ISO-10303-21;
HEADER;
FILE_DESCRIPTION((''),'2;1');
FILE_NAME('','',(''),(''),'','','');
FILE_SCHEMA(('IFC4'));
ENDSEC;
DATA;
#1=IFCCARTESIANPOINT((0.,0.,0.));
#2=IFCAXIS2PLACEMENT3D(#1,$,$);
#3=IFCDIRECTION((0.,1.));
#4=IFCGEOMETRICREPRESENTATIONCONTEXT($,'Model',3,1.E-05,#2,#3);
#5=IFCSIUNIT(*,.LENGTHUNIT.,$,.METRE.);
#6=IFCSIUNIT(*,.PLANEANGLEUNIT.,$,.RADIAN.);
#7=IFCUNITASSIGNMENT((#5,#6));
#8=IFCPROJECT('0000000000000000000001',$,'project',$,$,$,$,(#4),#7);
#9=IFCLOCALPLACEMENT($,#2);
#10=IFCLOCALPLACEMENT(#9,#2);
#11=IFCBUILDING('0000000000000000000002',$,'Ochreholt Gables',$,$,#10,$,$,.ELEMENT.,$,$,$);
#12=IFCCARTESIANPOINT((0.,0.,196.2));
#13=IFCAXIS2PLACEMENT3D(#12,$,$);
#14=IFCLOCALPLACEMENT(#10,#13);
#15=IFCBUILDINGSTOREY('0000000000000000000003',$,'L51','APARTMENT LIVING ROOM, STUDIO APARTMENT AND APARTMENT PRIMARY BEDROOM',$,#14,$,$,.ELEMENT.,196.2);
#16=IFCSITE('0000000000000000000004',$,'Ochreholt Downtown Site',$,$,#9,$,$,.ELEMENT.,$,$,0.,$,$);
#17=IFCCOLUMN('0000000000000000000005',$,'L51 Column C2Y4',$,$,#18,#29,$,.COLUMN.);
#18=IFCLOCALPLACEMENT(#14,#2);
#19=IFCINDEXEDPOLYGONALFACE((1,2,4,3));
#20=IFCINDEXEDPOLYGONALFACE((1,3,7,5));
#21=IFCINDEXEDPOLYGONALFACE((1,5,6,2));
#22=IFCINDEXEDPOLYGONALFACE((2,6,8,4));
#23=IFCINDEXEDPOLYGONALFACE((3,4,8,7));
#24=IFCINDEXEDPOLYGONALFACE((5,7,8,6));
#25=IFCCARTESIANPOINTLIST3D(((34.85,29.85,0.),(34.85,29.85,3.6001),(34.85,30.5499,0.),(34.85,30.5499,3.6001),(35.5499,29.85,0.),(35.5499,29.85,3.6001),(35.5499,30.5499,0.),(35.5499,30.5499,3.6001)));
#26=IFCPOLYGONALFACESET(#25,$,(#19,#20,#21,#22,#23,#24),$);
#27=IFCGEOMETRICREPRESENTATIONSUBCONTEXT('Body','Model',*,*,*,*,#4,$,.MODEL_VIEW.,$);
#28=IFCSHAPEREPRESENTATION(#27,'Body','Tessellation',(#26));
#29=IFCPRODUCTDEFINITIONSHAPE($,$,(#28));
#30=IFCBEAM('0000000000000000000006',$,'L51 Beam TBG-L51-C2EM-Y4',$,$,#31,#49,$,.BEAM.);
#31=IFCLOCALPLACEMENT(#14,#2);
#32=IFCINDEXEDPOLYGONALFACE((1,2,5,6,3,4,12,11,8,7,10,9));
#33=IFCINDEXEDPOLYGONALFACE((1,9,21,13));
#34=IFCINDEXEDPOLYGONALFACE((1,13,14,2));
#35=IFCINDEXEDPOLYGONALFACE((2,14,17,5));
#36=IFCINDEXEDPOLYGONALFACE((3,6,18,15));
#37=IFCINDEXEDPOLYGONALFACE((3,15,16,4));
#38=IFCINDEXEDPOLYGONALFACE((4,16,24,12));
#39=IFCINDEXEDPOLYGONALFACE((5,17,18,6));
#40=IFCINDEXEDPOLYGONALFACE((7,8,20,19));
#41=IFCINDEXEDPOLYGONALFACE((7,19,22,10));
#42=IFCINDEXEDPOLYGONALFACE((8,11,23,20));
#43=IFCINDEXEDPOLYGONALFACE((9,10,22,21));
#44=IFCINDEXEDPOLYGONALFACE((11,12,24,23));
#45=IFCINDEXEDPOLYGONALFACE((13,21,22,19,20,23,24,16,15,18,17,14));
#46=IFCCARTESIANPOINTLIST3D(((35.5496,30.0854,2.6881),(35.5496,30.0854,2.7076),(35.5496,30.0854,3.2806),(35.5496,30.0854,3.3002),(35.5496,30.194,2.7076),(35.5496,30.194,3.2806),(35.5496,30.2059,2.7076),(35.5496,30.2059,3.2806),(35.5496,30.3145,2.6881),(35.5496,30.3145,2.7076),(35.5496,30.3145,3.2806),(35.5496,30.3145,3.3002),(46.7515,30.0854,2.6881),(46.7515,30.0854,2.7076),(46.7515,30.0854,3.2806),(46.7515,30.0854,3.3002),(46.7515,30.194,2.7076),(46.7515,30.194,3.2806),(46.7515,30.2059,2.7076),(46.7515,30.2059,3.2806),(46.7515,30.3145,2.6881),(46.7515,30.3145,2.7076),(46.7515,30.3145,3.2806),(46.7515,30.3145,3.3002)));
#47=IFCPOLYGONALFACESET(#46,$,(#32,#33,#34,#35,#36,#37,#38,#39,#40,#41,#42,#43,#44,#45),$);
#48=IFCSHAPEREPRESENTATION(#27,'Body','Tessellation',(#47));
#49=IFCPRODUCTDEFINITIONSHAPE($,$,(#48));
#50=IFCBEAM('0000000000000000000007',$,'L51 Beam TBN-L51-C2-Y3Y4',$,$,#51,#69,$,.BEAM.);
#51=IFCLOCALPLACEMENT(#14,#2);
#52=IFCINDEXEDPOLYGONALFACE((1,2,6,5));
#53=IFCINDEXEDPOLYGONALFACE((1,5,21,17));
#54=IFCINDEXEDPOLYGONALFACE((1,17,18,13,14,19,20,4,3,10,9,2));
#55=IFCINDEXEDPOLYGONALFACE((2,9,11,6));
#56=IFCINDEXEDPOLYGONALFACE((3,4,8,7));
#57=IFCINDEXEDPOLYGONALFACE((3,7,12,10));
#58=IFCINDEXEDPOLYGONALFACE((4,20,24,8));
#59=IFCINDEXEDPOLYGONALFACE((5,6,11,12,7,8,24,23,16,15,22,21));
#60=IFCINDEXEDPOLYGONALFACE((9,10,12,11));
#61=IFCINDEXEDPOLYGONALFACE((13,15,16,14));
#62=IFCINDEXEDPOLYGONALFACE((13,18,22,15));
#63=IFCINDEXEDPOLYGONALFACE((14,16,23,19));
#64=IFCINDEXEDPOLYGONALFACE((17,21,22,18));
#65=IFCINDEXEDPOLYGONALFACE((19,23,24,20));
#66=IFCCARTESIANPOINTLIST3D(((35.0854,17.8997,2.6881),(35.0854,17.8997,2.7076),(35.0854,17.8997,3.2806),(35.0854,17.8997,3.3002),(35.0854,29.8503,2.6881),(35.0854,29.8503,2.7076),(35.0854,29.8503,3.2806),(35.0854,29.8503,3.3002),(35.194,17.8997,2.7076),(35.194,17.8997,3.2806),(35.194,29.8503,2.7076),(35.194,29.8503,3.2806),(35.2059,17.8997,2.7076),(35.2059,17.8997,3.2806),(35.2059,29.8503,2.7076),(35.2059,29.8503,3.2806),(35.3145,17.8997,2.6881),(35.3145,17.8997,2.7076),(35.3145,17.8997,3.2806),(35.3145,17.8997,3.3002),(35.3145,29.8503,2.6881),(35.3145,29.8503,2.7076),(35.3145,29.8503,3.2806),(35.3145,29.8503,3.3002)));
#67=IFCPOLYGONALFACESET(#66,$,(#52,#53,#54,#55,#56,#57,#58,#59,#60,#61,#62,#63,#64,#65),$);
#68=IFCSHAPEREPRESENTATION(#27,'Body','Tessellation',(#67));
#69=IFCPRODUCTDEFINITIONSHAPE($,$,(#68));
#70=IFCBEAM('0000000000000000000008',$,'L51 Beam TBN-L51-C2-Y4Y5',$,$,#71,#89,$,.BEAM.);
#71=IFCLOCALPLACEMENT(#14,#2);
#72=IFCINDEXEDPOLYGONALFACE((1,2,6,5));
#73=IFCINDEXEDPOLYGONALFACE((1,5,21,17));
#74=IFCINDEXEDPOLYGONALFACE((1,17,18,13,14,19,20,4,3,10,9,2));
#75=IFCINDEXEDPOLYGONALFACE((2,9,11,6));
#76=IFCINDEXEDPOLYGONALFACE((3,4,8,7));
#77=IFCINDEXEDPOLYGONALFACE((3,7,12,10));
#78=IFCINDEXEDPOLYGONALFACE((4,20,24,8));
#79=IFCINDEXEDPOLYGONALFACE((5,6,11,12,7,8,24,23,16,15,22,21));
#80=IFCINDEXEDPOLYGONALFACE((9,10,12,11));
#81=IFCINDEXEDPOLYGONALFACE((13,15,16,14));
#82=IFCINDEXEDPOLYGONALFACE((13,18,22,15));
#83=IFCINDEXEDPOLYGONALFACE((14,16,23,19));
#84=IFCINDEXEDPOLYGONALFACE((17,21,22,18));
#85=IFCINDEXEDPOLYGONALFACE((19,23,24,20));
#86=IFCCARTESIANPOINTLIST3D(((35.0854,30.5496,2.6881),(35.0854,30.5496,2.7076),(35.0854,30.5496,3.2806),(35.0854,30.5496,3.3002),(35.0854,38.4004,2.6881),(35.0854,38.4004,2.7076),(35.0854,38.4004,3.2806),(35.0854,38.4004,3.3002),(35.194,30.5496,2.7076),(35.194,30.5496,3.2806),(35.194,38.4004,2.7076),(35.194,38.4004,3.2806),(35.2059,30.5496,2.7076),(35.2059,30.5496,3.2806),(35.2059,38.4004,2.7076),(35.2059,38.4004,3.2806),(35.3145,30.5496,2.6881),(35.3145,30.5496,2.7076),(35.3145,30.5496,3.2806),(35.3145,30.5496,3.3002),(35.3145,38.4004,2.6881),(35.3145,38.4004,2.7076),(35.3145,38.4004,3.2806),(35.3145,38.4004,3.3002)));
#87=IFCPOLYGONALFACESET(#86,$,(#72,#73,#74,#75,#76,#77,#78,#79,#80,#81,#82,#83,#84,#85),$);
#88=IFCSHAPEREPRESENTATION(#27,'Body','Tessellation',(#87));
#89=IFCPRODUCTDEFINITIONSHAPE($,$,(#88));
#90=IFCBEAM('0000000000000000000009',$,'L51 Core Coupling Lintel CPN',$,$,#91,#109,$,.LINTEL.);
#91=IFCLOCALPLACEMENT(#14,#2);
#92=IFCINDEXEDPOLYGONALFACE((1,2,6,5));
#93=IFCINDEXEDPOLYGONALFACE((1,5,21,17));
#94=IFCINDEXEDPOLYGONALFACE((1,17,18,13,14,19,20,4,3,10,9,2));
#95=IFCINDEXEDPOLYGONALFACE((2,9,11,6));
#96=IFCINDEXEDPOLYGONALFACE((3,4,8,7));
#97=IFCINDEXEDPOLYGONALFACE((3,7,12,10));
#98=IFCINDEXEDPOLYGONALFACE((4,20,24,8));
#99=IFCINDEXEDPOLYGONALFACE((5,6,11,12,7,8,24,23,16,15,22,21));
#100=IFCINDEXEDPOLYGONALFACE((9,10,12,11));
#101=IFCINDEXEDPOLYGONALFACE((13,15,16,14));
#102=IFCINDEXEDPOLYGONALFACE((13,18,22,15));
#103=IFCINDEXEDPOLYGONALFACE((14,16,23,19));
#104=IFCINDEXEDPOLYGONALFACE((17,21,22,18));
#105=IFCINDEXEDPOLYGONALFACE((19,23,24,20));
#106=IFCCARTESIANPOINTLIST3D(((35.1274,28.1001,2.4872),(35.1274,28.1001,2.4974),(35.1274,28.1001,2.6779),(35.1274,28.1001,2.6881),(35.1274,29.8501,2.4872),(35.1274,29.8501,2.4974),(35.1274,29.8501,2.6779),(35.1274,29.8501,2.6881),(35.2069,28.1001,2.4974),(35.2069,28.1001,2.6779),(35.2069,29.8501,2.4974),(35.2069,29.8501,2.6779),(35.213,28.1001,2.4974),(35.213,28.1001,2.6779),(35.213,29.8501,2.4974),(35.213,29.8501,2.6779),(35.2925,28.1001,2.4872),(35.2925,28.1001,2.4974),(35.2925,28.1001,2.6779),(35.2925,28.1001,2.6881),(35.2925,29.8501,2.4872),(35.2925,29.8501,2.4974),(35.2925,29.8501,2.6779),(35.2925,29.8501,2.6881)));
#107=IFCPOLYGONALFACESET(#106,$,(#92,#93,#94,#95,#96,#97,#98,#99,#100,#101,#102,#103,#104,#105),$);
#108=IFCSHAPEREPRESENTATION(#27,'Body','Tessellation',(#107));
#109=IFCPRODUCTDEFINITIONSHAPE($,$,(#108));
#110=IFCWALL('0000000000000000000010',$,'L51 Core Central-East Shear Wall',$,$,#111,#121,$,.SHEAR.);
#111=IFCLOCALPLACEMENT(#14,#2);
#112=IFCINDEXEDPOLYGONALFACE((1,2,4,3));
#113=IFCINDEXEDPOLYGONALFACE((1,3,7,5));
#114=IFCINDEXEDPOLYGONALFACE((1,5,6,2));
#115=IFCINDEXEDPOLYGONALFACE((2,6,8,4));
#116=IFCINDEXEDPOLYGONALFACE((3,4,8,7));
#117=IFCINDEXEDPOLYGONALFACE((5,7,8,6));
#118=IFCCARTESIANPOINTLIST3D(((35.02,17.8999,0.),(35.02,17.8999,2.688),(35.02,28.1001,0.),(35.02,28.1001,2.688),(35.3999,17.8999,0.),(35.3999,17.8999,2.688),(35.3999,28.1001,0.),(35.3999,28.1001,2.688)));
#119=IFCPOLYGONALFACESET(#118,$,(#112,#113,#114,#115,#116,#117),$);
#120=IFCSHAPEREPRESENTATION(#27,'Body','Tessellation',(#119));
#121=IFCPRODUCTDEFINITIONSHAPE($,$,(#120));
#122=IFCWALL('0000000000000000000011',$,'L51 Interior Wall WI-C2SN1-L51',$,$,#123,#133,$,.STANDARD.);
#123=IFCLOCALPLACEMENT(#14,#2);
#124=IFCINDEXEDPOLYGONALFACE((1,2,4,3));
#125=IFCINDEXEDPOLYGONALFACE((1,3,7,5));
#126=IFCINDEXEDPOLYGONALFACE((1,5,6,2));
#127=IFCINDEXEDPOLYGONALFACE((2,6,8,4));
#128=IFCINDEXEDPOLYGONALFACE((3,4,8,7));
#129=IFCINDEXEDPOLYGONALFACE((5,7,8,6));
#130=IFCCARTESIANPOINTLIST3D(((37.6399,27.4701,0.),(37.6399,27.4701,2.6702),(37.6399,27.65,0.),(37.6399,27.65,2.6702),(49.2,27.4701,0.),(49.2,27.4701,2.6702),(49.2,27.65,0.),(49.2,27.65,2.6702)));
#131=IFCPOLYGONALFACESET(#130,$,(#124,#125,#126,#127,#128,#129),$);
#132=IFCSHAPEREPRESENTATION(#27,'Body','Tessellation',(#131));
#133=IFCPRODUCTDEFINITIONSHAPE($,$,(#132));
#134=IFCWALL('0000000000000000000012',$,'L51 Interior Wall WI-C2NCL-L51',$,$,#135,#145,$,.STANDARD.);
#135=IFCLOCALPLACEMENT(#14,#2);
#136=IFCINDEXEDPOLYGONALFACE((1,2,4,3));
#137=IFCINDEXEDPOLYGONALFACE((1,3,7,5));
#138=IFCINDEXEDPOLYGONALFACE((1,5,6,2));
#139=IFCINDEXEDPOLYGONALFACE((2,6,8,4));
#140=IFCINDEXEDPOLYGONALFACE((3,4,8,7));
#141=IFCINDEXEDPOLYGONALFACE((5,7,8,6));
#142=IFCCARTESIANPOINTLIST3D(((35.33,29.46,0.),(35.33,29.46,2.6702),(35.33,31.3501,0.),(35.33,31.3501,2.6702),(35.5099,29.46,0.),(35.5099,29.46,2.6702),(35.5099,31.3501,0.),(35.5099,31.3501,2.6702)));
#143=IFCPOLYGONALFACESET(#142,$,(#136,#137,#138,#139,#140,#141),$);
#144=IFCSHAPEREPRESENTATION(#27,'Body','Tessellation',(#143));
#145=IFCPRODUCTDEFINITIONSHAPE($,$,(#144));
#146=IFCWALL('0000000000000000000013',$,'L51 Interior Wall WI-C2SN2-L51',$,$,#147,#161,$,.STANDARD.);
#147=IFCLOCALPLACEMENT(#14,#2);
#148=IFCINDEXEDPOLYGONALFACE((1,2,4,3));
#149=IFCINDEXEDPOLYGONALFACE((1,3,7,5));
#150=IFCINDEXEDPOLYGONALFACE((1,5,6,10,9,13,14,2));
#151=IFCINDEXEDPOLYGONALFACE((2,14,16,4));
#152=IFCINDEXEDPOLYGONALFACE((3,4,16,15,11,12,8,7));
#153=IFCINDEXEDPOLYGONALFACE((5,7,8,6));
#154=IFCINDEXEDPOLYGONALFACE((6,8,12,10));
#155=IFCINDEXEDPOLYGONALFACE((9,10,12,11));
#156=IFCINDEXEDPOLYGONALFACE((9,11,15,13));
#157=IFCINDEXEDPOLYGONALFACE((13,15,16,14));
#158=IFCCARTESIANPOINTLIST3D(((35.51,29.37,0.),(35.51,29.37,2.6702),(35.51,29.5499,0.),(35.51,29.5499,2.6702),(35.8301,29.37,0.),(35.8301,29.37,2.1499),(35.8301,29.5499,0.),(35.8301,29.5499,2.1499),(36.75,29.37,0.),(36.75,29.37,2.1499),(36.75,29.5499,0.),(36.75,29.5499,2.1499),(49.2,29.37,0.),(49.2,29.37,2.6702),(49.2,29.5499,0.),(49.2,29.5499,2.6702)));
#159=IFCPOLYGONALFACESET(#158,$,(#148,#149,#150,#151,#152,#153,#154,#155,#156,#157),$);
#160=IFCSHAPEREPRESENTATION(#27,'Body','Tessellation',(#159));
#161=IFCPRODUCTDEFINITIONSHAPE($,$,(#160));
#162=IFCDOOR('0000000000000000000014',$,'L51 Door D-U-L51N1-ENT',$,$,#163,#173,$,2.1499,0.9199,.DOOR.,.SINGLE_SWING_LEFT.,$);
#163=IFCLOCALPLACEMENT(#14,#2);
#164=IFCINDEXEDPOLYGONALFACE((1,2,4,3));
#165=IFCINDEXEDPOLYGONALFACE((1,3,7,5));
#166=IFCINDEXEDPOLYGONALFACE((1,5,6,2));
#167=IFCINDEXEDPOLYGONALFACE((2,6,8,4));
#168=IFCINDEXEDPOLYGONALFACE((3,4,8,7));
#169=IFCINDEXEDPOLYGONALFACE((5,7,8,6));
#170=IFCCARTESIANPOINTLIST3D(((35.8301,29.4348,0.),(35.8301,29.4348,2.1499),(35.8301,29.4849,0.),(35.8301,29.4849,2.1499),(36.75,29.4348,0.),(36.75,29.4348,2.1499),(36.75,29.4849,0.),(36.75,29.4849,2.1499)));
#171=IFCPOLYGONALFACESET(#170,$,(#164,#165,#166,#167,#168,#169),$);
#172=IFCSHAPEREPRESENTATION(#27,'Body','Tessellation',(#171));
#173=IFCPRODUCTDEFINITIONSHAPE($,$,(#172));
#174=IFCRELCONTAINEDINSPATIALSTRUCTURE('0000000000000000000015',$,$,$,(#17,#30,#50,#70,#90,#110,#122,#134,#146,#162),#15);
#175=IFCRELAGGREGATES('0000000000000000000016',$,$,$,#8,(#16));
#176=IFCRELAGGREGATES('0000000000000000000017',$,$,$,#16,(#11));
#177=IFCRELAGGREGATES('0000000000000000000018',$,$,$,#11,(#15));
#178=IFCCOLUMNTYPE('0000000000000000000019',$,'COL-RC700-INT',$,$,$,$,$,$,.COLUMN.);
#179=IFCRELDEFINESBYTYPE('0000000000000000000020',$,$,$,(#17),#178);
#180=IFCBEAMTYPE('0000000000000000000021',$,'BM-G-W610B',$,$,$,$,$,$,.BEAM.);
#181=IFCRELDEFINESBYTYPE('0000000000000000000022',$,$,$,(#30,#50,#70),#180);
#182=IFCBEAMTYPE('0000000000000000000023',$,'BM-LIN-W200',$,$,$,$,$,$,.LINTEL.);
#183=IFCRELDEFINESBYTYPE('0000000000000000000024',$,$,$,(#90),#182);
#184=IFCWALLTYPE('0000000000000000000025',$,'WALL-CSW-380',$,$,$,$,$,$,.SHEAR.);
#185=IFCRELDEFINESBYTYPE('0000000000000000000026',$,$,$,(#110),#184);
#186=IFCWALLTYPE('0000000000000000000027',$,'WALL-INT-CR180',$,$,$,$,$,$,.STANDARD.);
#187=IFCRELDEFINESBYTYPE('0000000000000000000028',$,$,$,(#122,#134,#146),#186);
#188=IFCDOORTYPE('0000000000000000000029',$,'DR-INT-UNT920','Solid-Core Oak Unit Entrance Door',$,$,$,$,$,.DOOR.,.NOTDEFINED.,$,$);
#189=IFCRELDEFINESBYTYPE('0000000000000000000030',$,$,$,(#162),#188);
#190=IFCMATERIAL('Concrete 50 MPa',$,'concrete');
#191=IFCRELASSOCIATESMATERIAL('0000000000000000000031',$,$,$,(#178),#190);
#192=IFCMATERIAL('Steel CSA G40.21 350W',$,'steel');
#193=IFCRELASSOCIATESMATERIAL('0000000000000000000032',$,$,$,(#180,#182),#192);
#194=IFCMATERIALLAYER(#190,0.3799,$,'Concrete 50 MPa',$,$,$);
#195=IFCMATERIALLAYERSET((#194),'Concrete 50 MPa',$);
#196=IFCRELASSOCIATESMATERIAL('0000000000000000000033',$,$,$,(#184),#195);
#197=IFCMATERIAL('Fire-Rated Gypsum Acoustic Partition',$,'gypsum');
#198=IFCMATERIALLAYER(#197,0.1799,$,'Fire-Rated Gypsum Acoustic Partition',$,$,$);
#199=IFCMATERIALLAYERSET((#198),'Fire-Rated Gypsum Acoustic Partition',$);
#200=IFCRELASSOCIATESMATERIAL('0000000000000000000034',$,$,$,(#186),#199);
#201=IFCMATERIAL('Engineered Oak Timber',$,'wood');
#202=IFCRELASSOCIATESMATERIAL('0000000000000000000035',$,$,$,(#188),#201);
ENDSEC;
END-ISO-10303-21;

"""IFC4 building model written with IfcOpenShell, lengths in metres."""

from ifc_helpers import new_model, si_unit, direction, frame, frame_2d, origin, origin_2d, place, context, subcontext, project, spatial, rectangle, i_section, extrude, material, layer, layer_set, material_profile, profile_set, type_object, element, fill, save


model = new_model("IFC4")

# Units and contexts
model_context = context("Model", 3, precision=1e-05, world=origin(), true_north=direction((0.0, 1.0)))
body_context = subcontext(model_context, "Body", "Model", "MODEL_VIEW")
ifc_project = project(units=[si_unit("LENGTHUNIT", "METRE"), si_unit("PLANEANGLEUNIT", "RADIAN")], contexts=[model_context])

# Site, building, storey
site_placement = place(None, origin())
site = spatial("IfcSite", under=ifc_project, at=site_placement, Name="Ochreholt Downtown Site", CompositionType="ELEMENT", RefElevation=0.0)
building_placement = place(site_placement, origin())
building = spatial("IfcBuilding", under=site, at=building_placement, Name="Ochreholt Gables", CompositionType="ELEMENT")
storey_placement = place(building_placement, frame((0.0, 0.0, 196.2)))
storey = spatial("IfcBuildingStorey", under=building, at=storey_placement, Name="L51", Description="APARTMENT LIVING ROOM, STUDIO APARTMENT AND APARTMENT PRIMARY BEDROOM", CompositionType="ELEMENT", Elevation=196.2)

# Column
ifc_material_1 = material(Name="Concrete 50 MPa", Category="concrete")
ifc_material_profile_1 = material_profile(ifc_material_1, rectangle(XDim=0.7, YDim=0.7, at=origin_2d()), Name="RC700X700")
ifc_profile_set_1 = profile_set([ifc_material_profile_1], Name="Concrete 50 MPa")
column_type = type_object("IfcColumnType", Name="COL-RC700-INT", PredefinedType="COLUMN", material=ifc_profile_set_1)
column_placement = place(storey_placement, frame((35.2, 30.2, 0.0), z_axis=(0.0, 0.0, 1.0), x_axis=(1.0, 0.0, 0.0)))
element("IfcColumn", 1, at=column_placement, inside=storey, type_object=column_type, Name="L51 Column C2Y4", PredefinedType="COLUMN", context=body_context, shape_type="SweptSolid", body=[
    extrude(rectangle(XDim=0.7, YDim=0.7, at=origin_2d()), origin(), (0.0, 0.0, 1.0), 3.6001),
])

# Beams
ifc_material_2 = material(Name="Steel CSA G40.21 350W", Category="steel")
ifc_material_profile_2 = material_profile(ifc_material_2, i_section(OverallWidth=0.229, OverallDepth=0.6121, WebThickness=0.012, FlangeThickness=0.0195, at=origin_2d()), Name="W610X125")
ifc_profile_set_2 = profile_set([ifc_material_profile_2], Name="Steel CSA G40.21 350W")
beam_type_1 = type_object("IfcBeamType", Name="BM-G-W610B", PredefinedType="BEAM", material=ifc_profile_set_2)
beam_1_placement = place(storey_placement, frame((35.5496, 30.2, 2.9941), z_axis=(1.0, 0.0, 0.0), x_axis=(0.0, 1.0, 0.0)))
element("IfcBeam", 2, at=beam_1_placement, inside=storey, type_object=beam_type_1, Name="L51 Beam TBG-L51-C2EM-Y4", PredefinedType="BEAM", context=body_context, shape_type="SweptSolid", body=[
    extrude(i_section(OverallWidth=0.229, OverallDepth=0.6121, WebThickness=0.012, FlangeThickness=0.0195, at=origin_2d()), origin(), (0.0, 0.0, 1.0), 11.2019),
])
beam_2_placement = place(storey_placement, frame((35.2, 17.8997, 2.9941), z_axis=(0.0, 1.0, 0.0), x_axis=(-1.0, 0.0, 0.0)))
element("IfcBeam", 3, at=beam_2_placement, inside=storey, type_object=beam_type_1, Name="L51 Beam TBN-L51-C2-Y3Y4", PredefinedType="BEAM", context=body_context, shape_type="SweptSolid", body=[
    extrude(i_section(OverallWidth=0.229, OverallDepth=0.6121, WebThickness=0.012, FlangeThickness=0.0195, at=origin_2d()), origin(), (0.0, 0.0, 1.0), 11.9507),
])
beam_3_placement = place(storey_placement, frame((35.2, 30.5496, 2.9941), z_axis=(0.0, 1.0, 0.0), x_axis=(-1.0, 0.0, 0.0)))
element("IfcBeam", 4, at=beam_3_placement, inside=storey, type_object=beam_type_1, Name="L51 Beam TBN-L51-C2-Y4Y5", PredefinedType="BEAM", context=body_context, shape_type="SweptSolid", body=[
    extrude(i_section(OverallWidth=0.229, OverallDepth=0.6121, WebThickness=0.012, FlangeThickness=0.0195, at=origin_2d()), origin(), (0.0, 0.0, 1.0), 7.8508),
])
ifc_material_profile_3 = material_profile(ifc_material_2, i_section(OverallWidth=0.165, OverallDepth=0.2009, WebThickness=0.0061, FlangeThickness=0.0103, at=origin_2d()), Name="W200X36")
ifc_profile_set_3 = profile_set([ifc_material_profile_3], Name="Steel CSA G40.21 350W")
beam_type_2 = type_object("IfcBeamType", Name="BM-LIN-W200", PredefinedType="LINTEL", material=ifc_profile_set_3)
beam_4_placement = place(storey_placement, frame((35.21, 28.1001, 2.5876), z_axis=(0.0, 1.0, 0.0), x_axis=(-1.0, 0.0, 0.0)))
element("IfcBeam", 5, at=beam_4_placement, inside=storey, type_object=beam_type_2, Name="L51 Core Coupling Lintel CPN", PredefinedType="LINTEL", context=body_context, shape_type="SweptSolid", body=[
    extrude(i_section(OverallWidth=0.165, OverallDepth=0.2009, WebThickness=0.0061, FlangeThickness=0.0103, at=origin_2d()), origin(), (0.0, 0.0, 1.0), 1.75),
])

# Walls
ifc_layer_1 = layer(ifc_material_1, 0.3799, Name="Concrete 50 MPa")
ifc_layer_set_1 = layer_set([ifc_layer_1], Name="Concrete 50 MPa")
wall_type_1 = type_object("IfcWallType", Name="WALL-CSW-380", PredefinedType="SHEAR", material=ifc_layer_set_1)
wall_1_placement = place(storey_placement, frame((35.21, 17.8999, 0.0), z_axis=(0.0, 0.0, 1.0), x_axis=(0.0, 1.0, 0.0)))
element("IfcWall", 6, at=wall_1_placement, inside=storey, type_object=wall_type_1, Name="L51 Core Central-East Shear Wall", PredefinedType="SHEAR", context=body_context, shape_type="SweptSolid", body=[
    extrude(rectangle(XDim=10.2002, YDim=0.3799, at=frame_2d((5.1001, 0.0))), origin(), (0.0, 0.0, 1.0), 2.688),
])
ifc_material_3 = material(Name="Fire-Rated Gypsum Acoustic Partition", Category="gypsum")
ifc_layer_2 = layer(ifc_material_3, 0.1799, Name="Fire-Rated Gypsum Acoustic Partition")
ifc_layer_set_2 = layer_set([ifc_layer_2], Name="Fire-Rated Gypsum Acoustic Partition")
wall_type_2 = type_object("IfcWallType", Name="WALL-INT-CR180", PredefinedType="STANDARD", material=ifc_layer_set_2)
wall_2_placement = place(storey_placement, frame((37.6399, 27.5601, 0.0), z_axis=(0.0, 0.0, 1.0), x_axis=(1.0, 0.0, 0.0)))
element("IfcWall", 7, at=wall_2_placement, inside=storey, type_object=wall_type_2, Name="L51 Interior Wall WI-C2SN1-L51", PredefinedType="STANDARD", context=body_context, shape_type="SweptSolid", body=[
    extrude(rectangle(XDim=11.5601, YDim=0.1799, at=frame_2d((5.78, 0.0))), origin(), (0.0, 0.0, 1.0), 2.6702),
])
wall_3_placement = place(storey_placement, frame((35.4199, 29.46, 0.0), z_axis=(0.0, 0.0, 1.0), x_axis=(0.0, 1.0, 0.0)))
element("IfcWall", 8, at=wall_3_placement, inside=storey, type_object=wall_type_2, Name="L51 Interior Wall WI-C2NCL-L51", PredefinedType="STANDARD", context=body_context, shape_type="SweptSolid", body=[
    extrude(rectangle(XDim=1.8901, YDim=0.1799, at=frame_2d((0.9451, 0.0))), origin(), (0.0, 0.0, 1.0), 2.6702),
])

# Wall, opening, door
wall_4_placement = place(storey_placement, frame((35.51, 29.46, 0.0), z_axis=(0.0, 0.0, 1.0), x_axis=(1.0, 0.0, 0.0)))
wall_4 = element("IfcWall", 9, at=wall_4_placement, inside=storey, type_object=wall_type_2, Name="L51 Interior Wall WI-C2SN2-L51", PredefinedType="STANDARD", context=body_context, shape_type="SweptSolid", body=[
    extrude(rectangle(XDim=13.6899, YDim=0.1799, at=frame_2d((6.845, 0.0))), origin(), (0.0, 0.0, 1.0), 2.6702),
])
opening_1_placement = place(wall_4_placement, frame((0.3201, 0.0, 0.0)))
opening_1 = element("IfcOpeningElement", 10, at=opening_1_placement, cuts=wall_4, PredefinedType="OPENING", context=body_context, shape_type="SweptSolid", body=[
    extrude(rectangle(XDim=0.9199, YDim=2.1499, at=frame_2d((0.46, 1.075))), frame((0.0, 0.0999, 0.0), z_axis=(0.0, -1.0, 0.0), x_axis=(1.0, 0.0, 0.0)), (0.0, 0.0, 1.0), 0.2),
])
ifc_material_4 = material(Name="Engineered Oak Timber", Category="wood")
door_type_1 = type_object("IfcDoorType", Name="DR-INT-UNT920", Description="Solid-Core Oak Unit Entrance Door", OperationType="NOTDEFINED", PredefinedType="DOOR", material=ifc_material_4)
door_1_placement = place(opening_1_placement, origin())
door_1 = element("IfcDoor", 11, at=door_1_placement, inside=storey, type_object=door_type_1, Name="L51 Door D-U-L51N1-ENT", OperationType="SINGLE_SWING_LEFT", OverallHeight=2.1499, OverallWidth=0.9199, PredefinedType="DOOR", context=body_context, shape_type="SweptSolid", body=[
    extrude(rectangle(XDim=0.9199, YDim=2.1499, at=frame_2d((0.46, 1.075))), frame((0.0, 0.0249, 0.0), z_axis=(0.0, -1.0, 0.0), x_axis=(1.0, 0.0, 0.0)), (0.0, 0.0, 1.0), 0.05),
])
fill(opening_1, door_1)

save(model, "model.ifc")
